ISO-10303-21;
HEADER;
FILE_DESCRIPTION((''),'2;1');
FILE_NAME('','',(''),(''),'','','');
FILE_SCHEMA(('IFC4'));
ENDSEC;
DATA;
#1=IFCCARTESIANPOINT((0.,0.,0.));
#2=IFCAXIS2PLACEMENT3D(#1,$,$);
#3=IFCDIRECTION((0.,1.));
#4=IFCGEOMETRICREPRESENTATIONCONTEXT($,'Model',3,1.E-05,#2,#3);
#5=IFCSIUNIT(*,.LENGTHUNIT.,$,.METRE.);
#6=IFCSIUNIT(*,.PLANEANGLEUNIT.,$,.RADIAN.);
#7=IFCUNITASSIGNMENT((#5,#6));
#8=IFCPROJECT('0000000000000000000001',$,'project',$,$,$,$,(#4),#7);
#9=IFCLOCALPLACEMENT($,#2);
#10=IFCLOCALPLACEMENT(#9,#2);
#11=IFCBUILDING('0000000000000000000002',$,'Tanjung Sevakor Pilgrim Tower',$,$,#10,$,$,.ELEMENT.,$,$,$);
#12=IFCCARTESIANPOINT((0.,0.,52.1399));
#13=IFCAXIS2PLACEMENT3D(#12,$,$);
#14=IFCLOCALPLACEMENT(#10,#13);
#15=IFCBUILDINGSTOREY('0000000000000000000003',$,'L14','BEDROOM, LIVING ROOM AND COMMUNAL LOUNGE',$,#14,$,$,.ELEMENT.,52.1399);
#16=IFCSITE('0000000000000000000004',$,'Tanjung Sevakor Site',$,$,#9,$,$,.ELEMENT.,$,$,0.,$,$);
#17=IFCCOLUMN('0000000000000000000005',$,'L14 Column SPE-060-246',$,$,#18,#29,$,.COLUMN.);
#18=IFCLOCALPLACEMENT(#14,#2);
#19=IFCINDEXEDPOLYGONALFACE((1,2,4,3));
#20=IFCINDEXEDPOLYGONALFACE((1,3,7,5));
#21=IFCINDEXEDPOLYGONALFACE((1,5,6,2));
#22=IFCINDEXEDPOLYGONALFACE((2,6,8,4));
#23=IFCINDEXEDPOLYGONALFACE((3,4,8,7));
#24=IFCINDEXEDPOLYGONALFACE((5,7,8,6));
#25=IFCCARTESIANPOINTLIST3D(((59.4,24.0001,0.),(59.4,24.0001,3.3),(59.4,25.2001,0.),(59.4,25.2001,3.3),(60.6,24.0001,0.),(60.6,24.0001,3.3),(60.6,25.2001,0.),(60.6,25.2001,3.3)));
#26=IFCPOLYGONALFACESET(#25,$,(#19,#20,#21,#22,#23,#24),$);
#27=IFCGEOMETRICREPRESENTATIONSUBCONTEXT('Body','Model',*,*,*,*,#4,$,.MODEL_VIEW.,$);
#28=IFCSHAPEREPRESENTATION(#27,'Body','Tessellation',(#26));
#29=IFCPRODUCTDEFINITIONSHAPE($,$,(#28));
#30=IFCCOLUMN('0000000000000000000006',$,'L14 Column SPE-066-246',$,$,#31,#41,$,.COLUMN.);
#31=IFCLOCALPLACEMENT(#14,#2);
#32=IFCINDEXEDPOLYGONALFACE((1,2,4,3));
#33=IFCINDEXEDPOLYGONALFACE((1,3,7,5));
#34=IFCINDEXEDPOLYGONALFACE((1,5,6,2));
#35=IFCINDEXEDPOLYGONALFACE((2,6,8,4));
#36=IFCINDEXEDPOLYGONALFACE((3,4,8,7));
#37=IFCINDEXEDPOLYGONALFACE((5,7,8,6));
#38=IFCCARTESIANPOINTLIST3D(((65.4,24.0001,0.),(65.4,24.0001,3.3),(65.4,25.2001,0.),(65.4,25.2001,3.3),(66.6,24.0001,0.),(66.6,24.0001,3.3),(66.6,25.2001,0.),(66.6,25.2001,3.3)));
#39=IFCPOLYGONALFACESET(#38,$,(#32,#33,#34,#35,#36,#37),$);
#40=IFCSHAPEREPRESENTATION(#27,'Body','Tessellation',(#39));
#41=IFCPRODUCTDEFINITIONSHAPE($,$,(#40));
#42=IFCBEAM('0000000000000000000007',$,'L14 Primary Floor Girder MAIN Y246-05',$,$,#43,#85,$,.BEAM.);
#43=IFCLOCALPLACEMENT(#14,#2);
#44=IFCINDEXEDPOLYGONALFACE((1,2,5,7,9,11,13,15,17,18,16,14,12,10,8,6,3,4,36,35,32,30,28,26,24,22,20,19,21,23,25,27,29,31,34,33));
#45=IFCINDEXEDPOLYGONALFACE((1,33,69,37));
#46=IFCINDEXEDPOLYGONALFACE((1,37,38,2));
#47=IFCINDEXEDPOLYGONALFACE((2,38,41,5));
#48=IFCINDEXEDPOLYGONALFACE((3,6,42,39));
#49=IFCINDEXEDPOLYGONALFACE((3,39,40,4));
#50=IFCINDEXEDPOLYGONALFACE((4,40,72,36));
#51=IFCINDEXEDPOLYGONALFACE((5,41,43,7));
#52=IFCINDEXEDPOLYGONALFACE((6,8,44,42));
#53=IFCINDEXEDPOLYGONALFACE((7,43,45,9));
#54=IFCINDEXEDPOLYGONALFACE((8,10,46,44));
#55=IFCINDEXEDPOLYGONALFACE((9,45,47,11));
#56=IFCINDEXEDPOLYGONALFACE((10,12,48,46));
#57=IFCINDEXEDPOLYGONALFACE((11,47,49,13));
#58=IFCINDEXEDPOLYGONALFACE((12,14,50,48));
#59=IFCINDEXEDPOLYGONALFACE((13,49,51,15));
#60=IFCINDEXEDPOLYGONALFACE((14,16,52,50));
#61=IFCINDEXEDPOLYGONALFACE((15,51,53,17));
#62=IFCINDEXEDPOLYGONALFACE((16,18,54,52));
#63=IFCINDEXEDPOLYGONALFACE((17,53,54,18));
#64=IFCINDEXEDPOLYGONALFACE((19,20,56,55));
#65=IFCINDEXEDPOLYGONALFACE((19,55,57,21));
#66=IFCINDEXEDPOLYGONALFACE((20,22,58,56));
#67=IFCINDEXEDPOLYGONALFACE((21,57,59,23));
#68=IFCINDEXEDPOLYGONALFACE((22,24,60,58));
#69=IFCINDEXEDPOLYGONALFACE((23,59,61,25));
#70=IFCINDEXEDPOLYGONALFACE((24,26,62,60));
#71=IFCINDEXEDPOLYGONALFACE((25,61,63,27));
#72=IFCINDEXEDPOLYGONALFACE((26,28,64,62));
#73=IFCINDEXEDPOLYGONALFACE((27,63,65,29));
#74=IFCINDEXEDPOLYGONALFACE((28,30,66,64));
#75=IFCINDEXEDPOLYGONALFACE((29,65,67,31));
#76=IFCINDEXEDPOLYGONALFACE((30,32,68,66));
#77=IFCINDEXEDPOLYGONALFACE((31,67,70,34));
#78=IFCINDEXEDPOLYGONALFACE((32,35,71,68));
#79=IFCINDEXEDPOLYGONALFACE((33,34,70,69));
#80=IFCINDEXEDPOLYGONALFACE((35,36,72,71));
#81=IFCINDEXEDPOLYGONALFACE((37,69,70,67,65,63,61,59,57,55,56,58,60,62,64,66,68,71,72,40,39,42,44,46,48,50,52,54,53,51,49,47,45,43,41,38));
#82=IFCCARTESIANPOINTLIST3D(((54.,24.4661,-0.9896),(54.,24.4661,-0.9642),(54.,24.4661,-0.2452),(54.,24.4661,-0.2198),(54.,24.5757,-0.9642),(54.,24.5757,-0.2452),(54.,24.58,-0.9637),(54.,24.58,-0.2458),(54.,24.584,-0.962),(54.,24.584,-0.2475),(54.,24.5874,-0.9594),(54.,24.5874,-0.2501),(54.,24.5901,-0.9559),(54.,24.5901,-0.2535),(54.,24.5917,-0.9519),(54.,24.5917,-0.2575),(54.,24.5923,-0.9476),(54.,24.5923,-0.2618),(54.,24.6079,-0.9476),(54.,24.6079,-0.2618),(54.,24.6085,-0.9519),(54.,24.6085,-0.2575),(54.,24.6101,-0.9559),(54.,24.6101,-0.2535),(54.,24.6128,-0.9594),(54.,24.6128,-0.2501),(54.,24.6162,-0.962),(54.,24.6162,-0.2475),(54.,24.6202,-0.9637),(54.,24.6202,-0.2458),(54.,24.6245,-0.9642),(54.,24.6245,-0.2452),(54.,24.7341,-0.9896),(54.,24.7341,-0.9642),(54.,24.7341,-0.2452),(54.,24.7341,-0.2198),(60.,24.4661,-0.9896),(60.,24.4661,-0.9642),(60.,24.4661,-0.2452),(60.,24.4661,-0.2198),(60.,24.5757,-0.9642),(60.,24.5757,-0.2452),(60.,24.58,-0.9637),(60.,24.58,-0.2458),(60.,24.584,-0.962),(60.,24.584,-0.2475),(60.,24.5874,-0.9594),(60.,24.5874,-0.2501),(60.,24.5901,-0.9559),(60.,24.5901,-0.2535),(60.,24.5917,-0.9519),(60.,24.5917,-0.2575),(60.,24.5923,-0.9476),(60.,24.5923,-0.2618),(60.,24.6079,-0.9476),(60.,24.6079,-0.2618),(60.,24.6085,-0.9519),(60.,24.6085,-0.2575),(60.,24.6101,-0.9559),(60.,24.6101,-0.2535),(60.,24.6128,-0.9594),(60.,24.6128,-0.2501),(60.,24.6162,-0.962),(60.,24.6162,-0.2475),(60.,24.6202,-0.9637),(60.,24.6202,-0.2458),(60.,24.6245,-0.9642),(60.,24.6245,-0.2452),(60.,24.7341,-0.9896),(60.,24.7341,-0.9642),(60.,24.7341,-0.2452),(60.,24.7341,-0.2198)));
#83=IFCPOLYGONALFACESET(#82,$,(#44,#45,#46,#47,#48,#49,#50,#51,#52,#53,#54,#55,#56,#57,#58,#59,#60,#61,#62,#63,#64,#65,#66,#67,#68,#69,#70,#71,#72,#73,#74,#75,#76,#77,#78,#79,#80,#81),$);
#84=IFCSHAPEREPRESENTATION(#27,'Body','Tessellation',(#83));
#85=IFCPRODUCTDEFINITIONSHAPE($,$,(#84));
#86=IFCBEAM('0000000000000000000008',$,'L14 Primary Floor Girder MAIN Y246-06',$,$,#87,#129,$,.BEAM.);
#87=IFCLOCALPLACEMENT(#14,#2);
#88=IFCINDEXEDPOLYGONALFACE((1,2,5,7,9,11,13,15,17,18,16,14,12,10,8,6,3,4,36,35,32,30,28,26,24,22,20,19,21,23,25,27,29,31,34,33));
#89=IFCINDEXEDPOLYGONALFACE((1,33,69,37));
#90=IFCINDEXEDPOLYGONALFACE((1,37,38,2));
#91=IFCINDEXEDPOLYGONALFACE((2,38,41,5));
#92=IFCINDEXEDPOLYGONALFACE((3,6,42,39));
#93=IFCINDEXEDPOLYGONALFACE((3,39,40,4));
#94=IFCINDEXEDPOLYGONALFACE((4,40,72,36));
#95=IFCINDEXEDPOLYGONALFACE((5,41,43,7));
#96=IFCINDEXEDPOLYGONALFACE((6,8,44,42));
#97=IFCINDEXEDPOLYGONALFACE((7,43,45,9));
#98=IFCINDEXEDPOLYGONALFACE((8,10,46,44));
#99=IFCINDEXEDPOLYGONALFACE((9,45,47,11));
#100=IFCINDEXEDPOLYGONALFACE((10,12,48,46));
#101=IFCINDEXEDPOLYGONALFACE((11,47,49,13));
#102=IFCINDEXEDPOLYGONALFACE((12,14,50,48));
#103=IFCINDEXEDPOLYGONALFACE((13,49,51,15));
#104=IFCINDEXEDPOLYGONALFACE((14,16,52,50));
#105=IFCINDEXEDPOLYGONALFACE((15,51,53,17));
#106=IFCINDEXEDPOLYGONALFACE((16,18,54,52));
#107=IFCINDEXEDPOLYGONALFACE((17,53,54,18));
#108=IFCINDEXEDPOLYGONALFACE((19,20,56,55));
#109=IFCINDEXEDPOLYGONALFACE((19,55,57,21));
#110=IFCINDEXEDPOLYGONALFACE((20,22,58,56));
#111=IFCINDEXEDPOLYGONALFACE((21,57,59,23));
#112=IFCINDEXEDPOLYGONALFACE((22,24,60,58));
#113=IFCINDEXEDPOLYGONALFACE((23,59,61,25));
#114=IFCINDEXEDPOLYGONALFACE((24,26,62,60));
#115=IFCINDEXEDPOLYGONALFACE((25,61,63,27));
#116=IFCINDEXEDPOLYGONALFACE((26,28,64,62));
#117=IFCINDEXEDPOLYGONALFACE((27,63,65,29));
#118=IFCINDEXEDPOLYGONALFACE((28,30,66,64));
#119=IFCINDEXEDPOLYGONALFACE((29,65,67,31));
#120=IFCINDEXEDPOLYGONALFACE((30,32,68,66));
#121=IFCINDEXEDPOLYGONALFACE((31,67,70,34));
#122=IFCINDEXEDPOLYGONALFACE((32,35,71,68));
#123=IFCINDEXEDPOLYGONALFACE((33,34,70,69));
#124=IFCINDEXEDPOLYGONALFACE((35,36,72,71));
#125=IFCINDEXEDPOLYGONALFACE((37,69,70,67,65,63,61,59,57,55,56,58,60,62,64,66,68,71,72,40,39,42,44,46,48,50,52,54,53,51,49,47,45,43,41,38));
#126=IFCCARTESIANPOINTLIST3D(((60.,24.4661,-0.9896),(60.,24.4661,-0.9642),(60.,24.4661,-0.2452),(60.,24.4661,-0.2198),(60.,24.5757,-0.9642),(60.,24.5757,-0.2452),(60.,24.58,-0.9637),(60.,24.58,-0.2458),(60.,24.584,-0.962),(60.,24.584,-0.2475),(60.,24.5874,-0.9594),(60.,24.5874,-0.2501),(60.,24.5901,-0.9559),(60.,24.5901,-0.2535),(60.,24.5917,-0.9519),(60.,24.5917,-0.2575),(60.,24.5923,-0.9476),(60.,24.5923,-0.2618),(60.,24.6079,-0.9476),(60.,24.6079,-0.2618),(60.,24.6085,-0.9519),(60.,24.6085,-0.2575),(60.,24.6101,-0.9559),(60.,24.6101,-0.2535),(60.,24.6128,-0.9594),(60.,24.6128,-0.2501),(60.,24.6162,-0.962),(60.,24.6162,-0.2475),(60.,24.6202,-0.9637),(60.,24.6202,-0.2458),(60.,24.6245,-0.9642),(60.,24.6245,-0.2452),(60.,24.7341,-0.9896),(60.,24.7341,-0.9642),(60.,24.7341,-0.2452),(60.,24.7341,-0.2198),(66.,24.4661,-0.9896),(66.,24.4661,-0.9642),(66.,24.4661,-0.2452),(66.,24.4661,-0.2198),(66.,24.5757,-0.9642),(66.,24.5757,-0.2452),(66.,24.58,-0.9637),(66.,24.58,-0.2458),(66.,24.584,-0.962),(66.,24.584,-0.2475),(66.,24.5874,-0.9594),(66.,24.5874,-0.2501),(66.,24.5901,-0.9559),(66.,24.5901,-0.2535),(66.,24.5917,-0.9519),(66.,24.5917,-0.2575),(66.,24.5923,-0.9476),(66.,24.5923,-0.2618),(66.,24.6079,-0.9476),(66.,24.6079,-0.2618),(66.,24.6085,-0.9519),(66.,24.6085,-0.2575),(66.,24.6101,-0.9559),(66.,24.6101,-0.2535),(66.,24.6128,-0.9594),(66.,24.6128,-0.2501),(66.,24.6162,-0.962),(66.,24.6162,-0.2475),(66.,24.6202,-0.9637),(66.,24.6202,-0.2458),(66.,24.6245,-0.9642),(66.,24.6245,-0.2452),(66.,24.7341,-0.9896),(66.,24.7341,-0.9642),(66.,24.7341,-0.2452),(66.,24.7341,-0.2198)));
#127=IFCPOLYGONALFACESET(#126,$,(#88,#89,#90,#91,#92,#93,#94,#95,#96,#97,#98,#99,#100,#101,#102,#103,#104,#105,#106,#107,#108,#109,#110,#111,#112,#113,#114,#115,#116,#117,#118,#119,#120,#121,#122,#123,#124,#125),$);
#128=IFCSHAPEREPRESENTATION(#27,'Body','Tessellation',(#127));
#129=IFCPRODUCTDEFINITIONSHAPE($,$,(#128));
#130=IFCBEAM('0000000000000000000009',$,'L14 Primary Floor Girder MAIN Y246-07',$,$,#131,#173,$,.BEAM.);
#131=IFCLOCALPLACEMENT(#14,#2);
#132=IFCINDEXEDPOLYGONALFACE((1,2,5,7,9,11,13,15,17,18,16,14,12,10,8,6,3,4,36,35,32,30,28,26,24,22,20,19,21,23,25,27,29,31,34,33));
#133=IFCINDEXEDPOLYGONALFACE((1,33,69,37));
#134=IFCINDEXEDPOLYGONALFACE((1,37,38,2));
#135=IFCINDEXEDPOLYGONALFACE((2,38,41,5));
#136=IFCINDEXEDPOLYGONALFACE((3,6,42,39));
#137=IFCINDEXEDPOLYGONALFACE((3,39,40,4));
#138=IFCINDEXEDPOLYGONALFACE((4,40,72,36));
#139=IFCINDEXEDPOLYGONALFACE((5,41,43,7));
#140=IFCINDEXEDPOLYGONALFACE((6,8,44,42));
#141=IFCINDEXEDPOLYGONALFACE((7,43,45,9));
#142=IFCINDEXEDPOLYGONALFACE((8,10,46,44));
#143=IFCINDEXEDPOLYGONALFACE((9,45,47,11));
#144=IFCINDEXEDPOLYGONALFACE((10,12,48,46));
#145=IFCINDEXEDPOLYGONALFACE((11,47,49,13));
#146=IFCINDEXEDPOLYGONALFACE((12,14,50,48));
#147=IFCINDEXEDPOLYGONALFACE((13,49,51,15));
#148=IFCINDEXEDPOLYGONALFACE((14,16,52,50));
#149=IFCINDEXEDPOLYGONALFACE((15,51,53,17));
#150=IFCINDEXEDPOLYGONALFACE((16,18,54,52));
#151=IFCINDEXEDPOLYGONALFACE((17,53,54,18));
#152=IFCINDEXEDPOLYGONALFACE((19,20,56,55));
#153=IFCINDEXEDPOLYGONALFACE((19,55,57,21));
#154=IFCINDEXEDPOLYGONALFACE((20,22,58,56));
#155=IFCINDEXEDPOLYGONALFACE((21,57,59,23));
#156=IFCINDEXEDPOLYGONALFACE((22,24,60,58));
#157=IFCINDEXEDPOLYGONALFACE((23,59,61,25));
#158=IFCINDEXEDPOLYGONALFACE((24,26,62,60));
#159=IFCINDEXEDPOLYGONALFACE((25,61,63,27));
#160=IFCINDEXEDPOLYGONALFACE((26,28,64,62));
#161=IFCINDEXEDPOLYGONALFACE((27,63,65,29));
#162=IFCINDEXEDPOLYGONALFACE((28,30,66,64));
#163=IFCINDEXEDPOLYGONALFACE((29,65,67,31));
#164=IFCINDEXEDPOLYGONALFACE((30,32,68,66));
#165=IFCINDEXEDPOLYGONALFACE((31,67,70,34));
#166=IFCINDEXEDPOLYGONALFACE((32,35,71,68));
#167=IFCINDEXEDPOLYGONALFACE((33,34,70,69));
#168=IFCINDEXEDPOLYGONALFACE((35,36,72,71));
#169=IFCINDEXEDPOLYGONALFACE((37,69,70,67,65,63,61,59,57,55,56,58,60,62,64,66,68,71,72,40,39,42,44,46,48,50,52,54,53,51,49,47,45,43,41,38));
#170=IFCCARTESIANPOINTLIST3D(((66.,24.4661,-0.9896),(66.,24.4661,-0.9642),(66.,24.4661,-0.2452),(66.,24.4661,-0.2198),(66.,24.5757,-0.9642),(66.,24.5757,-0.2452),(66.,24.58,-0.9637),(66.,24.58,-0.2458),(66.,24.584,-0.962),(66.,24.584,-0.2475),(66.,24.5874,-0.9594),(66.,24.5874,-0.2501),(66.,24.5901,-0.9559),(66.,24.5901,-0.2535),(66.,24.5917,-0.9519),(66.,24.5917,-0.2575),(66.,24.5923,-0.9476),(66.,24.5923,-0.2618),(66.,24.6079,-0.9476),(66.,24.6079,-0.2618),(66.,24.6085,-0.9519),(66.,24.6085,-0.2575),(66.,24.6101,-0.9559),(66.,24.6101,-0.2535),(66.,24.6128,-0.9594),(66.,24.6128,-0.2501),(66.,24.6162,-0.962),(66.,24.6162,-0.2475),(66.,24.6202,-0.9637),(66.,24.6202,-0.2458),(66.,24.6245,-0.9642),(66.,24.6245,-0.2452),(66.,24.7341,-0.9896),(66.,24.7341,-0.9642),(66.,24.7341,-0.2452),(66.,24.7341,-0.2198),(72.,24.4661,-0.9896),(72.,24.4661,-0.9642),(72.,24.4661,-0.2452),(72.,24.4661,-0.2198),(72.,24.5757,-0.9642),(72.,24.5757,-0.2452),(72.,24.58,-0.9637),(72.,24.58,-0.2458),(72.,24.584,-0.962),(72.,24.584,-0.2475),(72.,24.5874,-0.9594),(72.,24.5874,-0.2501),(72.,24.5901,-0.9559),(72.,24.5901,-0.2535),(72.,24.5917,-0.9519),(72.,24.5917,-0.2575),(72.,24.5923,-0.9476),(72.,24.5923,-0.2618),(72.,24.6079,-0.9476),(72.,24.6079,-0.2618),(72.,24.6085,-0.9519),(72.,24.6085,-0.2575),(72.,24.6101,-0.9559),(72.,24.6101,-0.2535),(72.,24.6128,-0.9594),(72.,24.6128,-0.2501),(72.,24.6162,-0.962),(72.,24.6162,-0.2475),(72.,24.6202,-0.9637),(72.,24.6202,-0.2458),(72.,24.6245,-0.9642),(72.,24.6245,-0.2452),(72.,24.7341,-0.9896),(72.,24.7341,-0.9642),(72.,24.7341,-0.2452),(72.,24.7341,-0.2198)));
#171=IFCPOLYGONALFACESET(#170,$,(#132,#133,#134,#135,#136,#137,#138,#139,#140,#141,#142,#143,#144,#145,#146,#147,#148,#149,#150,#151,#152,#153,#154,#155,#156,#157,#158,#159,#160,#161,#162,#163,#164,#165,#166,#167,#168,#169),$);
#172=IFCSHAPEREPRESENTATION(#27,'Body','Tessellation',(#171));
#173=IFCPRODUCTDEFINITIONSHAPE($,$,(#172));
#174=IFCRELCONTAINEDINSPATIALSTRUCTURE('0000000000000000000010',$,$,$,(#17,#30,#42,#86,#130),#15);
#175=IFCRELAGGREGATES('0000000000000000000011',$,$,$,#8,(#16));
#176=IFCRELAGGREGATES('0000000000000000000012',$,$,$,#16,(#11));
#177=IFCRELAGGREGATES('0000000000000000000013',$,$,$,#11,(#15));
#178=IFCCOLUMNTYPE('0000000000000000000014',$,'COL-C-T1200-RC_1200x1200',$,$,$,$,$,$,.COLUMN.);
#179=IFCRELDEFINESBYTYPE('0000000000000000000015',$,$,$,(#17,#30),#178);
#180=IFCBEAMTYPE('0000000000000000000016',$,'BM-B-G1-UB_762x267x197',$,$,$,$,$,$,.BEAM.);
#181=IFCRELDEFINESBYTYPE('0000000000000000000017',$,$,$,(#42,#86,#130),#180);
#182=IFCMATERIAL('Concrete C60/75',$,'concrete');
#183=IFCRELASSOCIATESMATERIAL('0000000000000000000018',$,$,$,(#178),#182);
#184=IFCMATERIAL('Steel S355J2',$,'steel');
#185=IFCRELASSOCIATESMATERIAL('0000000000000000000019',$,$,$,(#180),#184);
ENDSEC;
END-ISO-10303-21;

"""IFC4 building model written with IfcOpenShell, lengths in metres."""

from ifc_helpers import new_model, si_unit, direction, frame, origin, origin_2d, place, context, subcontext, project, spatial, rectangle, i_section, extrude, material, material_profile, profile_set, type_object, element, save


model = new_model("IFC4")

# Units and contexts
model_context = context("Model", 3, precision=1e-05, world=origin(), true_north=direction((0.0, 1.0)))
body_context = subcontext(model_context, "Body", "Model", "MODEL_VIEW")
ifc_project = project(units=[si_unit("LENGTHUNIT", "METRE"), si_unit("PLANEANGLEUNIT", "RADIAN")], contexts=[model_context])

# Site, building, storey
site_placement = place(None, origin())
site = spatial("IfcSite", under=ifc_project, at=site_placement, Name="Tanjung Sevakor Site", CompositionType="ELEMENT", RefElevation=0.0)
building_placement = place(site_placement, origin())
building = spatial("IfcBuilding", under=site, at=building_placement, Name="Tanjung Sevakor Pilgrim Tower", CompositionType="ELEMENT")
storey_placement = place(building_placement, frame((0.0, 0.0, 52.1399)))
storey = spatial("IfcBuildingStorey", under=building, at=storey_placement, Name="L14", Description="BEDROOM, LIVING ROOM AND COMMUNAL LOUNGE", CompositionType="ELEMENT", Elevation=52.1399)

# Columns
ifc_material_1 = material(Name="Concrete C60/75", Category="concrete")
ifc_material_profile_1 = material_profile(ifc_material_1, rectangle(XDim=1.2, YDim=1.2, at=origin_2d()))
ifc_profile_set_1 = profile_set([ifc_material_profile_1], Name="Concrete C60/75")
column_type = type_object("IfcColumnType", Name="COL-C-T1200-RC_1200x1200", PredefinedType="COLUMN", material=ifc_profile_set_1)
for number, where, z_axis, x_axis, name in (
    (1, (60.0, 24.6001, 0.0), (0.0, 0.0, 1.0), (1.0, 0.0, 0.0), "L14 Column SPE-060-246"),
    (2, (66.0, 24.6001, 0.0), (0.0, 0.0, 1.0), (1.0, 0.0, 0.0), "L14 Column SPE-066-246"),
):
    element("IfcColumn", number, at=place(storey_placement, frame(where, z_axis=z_axis, x_axis=x_axis)), inside=storey, type_object=column_type, Name=name, PredefinedType="COLUMN", context=body_context, shape_type="SweptSolid", body=[
        extrude(rectangle(XDim=1.2, YDim=1.2, at=origin_2d()), origin(), (0.0, 0.0, 1.0), 3.3),
    ])

# Beams
ifc_material_2 = material(Name="Steel S355J2", Category="steel")
ifc_material_profile_2 = material_profile(ifc_material_2, i_section(OverallWidth=0.2681, OverallDepth=0.7698, WebThickness=0.0156, FlangeThickness=0.0254, FilletRadius=0.0166, at=origin_2d()))
ifc_profile_set_2 = profile_set([ifc_material_profile_2], Name="Steel S355J2")
beam_type_1 = type_object("IfcBeamType", Name="BM-B-G1-UB_762x267x197", PredefinedType="BEAM", material=ifc_profile_set_2)
for number, where, z_axis, x_axis, name in (
    (3, (54.0, 24.6001, -0.6047), (1.0, 0.0, 0.0), (0.0, 1.0, 0.0), "L14 Primary Floor Girder MAIN Y246-05"),
    (4, (60.0, 24.6001, -0.6047), (1.0, 0.0, 0.0), (0.0, 1.0, 0.0), "L14 Primary Floor Girder MAIN Y246-06"),
    (5, (66.0, 24.6001, -0.6047), (1.0, 0.0, 0.0), (0.0, 1.0, 0.0), "L14 Primary Floor Girder MAIN Y246-07"),
):
    element("IfcBeam", number, at=place(storey_placement, frame(where, z_axis=z_axis, x_axis=x_axis)), inside=storey, type_object=beam_type_1, Name=name, PredefinedType="BEAM", context=body_context, shape_type="SweptSolid", body=[
        extrude(i_section(OverallWidth=0.2681, OverallDepth=0.7698, WebThickness=0.0156, FlangeThickness=0.0254, FilletRadius=0.0166, at=origin_2d()), origin(), (0.0, 0.0, 1.0), 6.0),
    ])

save(model, "model.ifc")
